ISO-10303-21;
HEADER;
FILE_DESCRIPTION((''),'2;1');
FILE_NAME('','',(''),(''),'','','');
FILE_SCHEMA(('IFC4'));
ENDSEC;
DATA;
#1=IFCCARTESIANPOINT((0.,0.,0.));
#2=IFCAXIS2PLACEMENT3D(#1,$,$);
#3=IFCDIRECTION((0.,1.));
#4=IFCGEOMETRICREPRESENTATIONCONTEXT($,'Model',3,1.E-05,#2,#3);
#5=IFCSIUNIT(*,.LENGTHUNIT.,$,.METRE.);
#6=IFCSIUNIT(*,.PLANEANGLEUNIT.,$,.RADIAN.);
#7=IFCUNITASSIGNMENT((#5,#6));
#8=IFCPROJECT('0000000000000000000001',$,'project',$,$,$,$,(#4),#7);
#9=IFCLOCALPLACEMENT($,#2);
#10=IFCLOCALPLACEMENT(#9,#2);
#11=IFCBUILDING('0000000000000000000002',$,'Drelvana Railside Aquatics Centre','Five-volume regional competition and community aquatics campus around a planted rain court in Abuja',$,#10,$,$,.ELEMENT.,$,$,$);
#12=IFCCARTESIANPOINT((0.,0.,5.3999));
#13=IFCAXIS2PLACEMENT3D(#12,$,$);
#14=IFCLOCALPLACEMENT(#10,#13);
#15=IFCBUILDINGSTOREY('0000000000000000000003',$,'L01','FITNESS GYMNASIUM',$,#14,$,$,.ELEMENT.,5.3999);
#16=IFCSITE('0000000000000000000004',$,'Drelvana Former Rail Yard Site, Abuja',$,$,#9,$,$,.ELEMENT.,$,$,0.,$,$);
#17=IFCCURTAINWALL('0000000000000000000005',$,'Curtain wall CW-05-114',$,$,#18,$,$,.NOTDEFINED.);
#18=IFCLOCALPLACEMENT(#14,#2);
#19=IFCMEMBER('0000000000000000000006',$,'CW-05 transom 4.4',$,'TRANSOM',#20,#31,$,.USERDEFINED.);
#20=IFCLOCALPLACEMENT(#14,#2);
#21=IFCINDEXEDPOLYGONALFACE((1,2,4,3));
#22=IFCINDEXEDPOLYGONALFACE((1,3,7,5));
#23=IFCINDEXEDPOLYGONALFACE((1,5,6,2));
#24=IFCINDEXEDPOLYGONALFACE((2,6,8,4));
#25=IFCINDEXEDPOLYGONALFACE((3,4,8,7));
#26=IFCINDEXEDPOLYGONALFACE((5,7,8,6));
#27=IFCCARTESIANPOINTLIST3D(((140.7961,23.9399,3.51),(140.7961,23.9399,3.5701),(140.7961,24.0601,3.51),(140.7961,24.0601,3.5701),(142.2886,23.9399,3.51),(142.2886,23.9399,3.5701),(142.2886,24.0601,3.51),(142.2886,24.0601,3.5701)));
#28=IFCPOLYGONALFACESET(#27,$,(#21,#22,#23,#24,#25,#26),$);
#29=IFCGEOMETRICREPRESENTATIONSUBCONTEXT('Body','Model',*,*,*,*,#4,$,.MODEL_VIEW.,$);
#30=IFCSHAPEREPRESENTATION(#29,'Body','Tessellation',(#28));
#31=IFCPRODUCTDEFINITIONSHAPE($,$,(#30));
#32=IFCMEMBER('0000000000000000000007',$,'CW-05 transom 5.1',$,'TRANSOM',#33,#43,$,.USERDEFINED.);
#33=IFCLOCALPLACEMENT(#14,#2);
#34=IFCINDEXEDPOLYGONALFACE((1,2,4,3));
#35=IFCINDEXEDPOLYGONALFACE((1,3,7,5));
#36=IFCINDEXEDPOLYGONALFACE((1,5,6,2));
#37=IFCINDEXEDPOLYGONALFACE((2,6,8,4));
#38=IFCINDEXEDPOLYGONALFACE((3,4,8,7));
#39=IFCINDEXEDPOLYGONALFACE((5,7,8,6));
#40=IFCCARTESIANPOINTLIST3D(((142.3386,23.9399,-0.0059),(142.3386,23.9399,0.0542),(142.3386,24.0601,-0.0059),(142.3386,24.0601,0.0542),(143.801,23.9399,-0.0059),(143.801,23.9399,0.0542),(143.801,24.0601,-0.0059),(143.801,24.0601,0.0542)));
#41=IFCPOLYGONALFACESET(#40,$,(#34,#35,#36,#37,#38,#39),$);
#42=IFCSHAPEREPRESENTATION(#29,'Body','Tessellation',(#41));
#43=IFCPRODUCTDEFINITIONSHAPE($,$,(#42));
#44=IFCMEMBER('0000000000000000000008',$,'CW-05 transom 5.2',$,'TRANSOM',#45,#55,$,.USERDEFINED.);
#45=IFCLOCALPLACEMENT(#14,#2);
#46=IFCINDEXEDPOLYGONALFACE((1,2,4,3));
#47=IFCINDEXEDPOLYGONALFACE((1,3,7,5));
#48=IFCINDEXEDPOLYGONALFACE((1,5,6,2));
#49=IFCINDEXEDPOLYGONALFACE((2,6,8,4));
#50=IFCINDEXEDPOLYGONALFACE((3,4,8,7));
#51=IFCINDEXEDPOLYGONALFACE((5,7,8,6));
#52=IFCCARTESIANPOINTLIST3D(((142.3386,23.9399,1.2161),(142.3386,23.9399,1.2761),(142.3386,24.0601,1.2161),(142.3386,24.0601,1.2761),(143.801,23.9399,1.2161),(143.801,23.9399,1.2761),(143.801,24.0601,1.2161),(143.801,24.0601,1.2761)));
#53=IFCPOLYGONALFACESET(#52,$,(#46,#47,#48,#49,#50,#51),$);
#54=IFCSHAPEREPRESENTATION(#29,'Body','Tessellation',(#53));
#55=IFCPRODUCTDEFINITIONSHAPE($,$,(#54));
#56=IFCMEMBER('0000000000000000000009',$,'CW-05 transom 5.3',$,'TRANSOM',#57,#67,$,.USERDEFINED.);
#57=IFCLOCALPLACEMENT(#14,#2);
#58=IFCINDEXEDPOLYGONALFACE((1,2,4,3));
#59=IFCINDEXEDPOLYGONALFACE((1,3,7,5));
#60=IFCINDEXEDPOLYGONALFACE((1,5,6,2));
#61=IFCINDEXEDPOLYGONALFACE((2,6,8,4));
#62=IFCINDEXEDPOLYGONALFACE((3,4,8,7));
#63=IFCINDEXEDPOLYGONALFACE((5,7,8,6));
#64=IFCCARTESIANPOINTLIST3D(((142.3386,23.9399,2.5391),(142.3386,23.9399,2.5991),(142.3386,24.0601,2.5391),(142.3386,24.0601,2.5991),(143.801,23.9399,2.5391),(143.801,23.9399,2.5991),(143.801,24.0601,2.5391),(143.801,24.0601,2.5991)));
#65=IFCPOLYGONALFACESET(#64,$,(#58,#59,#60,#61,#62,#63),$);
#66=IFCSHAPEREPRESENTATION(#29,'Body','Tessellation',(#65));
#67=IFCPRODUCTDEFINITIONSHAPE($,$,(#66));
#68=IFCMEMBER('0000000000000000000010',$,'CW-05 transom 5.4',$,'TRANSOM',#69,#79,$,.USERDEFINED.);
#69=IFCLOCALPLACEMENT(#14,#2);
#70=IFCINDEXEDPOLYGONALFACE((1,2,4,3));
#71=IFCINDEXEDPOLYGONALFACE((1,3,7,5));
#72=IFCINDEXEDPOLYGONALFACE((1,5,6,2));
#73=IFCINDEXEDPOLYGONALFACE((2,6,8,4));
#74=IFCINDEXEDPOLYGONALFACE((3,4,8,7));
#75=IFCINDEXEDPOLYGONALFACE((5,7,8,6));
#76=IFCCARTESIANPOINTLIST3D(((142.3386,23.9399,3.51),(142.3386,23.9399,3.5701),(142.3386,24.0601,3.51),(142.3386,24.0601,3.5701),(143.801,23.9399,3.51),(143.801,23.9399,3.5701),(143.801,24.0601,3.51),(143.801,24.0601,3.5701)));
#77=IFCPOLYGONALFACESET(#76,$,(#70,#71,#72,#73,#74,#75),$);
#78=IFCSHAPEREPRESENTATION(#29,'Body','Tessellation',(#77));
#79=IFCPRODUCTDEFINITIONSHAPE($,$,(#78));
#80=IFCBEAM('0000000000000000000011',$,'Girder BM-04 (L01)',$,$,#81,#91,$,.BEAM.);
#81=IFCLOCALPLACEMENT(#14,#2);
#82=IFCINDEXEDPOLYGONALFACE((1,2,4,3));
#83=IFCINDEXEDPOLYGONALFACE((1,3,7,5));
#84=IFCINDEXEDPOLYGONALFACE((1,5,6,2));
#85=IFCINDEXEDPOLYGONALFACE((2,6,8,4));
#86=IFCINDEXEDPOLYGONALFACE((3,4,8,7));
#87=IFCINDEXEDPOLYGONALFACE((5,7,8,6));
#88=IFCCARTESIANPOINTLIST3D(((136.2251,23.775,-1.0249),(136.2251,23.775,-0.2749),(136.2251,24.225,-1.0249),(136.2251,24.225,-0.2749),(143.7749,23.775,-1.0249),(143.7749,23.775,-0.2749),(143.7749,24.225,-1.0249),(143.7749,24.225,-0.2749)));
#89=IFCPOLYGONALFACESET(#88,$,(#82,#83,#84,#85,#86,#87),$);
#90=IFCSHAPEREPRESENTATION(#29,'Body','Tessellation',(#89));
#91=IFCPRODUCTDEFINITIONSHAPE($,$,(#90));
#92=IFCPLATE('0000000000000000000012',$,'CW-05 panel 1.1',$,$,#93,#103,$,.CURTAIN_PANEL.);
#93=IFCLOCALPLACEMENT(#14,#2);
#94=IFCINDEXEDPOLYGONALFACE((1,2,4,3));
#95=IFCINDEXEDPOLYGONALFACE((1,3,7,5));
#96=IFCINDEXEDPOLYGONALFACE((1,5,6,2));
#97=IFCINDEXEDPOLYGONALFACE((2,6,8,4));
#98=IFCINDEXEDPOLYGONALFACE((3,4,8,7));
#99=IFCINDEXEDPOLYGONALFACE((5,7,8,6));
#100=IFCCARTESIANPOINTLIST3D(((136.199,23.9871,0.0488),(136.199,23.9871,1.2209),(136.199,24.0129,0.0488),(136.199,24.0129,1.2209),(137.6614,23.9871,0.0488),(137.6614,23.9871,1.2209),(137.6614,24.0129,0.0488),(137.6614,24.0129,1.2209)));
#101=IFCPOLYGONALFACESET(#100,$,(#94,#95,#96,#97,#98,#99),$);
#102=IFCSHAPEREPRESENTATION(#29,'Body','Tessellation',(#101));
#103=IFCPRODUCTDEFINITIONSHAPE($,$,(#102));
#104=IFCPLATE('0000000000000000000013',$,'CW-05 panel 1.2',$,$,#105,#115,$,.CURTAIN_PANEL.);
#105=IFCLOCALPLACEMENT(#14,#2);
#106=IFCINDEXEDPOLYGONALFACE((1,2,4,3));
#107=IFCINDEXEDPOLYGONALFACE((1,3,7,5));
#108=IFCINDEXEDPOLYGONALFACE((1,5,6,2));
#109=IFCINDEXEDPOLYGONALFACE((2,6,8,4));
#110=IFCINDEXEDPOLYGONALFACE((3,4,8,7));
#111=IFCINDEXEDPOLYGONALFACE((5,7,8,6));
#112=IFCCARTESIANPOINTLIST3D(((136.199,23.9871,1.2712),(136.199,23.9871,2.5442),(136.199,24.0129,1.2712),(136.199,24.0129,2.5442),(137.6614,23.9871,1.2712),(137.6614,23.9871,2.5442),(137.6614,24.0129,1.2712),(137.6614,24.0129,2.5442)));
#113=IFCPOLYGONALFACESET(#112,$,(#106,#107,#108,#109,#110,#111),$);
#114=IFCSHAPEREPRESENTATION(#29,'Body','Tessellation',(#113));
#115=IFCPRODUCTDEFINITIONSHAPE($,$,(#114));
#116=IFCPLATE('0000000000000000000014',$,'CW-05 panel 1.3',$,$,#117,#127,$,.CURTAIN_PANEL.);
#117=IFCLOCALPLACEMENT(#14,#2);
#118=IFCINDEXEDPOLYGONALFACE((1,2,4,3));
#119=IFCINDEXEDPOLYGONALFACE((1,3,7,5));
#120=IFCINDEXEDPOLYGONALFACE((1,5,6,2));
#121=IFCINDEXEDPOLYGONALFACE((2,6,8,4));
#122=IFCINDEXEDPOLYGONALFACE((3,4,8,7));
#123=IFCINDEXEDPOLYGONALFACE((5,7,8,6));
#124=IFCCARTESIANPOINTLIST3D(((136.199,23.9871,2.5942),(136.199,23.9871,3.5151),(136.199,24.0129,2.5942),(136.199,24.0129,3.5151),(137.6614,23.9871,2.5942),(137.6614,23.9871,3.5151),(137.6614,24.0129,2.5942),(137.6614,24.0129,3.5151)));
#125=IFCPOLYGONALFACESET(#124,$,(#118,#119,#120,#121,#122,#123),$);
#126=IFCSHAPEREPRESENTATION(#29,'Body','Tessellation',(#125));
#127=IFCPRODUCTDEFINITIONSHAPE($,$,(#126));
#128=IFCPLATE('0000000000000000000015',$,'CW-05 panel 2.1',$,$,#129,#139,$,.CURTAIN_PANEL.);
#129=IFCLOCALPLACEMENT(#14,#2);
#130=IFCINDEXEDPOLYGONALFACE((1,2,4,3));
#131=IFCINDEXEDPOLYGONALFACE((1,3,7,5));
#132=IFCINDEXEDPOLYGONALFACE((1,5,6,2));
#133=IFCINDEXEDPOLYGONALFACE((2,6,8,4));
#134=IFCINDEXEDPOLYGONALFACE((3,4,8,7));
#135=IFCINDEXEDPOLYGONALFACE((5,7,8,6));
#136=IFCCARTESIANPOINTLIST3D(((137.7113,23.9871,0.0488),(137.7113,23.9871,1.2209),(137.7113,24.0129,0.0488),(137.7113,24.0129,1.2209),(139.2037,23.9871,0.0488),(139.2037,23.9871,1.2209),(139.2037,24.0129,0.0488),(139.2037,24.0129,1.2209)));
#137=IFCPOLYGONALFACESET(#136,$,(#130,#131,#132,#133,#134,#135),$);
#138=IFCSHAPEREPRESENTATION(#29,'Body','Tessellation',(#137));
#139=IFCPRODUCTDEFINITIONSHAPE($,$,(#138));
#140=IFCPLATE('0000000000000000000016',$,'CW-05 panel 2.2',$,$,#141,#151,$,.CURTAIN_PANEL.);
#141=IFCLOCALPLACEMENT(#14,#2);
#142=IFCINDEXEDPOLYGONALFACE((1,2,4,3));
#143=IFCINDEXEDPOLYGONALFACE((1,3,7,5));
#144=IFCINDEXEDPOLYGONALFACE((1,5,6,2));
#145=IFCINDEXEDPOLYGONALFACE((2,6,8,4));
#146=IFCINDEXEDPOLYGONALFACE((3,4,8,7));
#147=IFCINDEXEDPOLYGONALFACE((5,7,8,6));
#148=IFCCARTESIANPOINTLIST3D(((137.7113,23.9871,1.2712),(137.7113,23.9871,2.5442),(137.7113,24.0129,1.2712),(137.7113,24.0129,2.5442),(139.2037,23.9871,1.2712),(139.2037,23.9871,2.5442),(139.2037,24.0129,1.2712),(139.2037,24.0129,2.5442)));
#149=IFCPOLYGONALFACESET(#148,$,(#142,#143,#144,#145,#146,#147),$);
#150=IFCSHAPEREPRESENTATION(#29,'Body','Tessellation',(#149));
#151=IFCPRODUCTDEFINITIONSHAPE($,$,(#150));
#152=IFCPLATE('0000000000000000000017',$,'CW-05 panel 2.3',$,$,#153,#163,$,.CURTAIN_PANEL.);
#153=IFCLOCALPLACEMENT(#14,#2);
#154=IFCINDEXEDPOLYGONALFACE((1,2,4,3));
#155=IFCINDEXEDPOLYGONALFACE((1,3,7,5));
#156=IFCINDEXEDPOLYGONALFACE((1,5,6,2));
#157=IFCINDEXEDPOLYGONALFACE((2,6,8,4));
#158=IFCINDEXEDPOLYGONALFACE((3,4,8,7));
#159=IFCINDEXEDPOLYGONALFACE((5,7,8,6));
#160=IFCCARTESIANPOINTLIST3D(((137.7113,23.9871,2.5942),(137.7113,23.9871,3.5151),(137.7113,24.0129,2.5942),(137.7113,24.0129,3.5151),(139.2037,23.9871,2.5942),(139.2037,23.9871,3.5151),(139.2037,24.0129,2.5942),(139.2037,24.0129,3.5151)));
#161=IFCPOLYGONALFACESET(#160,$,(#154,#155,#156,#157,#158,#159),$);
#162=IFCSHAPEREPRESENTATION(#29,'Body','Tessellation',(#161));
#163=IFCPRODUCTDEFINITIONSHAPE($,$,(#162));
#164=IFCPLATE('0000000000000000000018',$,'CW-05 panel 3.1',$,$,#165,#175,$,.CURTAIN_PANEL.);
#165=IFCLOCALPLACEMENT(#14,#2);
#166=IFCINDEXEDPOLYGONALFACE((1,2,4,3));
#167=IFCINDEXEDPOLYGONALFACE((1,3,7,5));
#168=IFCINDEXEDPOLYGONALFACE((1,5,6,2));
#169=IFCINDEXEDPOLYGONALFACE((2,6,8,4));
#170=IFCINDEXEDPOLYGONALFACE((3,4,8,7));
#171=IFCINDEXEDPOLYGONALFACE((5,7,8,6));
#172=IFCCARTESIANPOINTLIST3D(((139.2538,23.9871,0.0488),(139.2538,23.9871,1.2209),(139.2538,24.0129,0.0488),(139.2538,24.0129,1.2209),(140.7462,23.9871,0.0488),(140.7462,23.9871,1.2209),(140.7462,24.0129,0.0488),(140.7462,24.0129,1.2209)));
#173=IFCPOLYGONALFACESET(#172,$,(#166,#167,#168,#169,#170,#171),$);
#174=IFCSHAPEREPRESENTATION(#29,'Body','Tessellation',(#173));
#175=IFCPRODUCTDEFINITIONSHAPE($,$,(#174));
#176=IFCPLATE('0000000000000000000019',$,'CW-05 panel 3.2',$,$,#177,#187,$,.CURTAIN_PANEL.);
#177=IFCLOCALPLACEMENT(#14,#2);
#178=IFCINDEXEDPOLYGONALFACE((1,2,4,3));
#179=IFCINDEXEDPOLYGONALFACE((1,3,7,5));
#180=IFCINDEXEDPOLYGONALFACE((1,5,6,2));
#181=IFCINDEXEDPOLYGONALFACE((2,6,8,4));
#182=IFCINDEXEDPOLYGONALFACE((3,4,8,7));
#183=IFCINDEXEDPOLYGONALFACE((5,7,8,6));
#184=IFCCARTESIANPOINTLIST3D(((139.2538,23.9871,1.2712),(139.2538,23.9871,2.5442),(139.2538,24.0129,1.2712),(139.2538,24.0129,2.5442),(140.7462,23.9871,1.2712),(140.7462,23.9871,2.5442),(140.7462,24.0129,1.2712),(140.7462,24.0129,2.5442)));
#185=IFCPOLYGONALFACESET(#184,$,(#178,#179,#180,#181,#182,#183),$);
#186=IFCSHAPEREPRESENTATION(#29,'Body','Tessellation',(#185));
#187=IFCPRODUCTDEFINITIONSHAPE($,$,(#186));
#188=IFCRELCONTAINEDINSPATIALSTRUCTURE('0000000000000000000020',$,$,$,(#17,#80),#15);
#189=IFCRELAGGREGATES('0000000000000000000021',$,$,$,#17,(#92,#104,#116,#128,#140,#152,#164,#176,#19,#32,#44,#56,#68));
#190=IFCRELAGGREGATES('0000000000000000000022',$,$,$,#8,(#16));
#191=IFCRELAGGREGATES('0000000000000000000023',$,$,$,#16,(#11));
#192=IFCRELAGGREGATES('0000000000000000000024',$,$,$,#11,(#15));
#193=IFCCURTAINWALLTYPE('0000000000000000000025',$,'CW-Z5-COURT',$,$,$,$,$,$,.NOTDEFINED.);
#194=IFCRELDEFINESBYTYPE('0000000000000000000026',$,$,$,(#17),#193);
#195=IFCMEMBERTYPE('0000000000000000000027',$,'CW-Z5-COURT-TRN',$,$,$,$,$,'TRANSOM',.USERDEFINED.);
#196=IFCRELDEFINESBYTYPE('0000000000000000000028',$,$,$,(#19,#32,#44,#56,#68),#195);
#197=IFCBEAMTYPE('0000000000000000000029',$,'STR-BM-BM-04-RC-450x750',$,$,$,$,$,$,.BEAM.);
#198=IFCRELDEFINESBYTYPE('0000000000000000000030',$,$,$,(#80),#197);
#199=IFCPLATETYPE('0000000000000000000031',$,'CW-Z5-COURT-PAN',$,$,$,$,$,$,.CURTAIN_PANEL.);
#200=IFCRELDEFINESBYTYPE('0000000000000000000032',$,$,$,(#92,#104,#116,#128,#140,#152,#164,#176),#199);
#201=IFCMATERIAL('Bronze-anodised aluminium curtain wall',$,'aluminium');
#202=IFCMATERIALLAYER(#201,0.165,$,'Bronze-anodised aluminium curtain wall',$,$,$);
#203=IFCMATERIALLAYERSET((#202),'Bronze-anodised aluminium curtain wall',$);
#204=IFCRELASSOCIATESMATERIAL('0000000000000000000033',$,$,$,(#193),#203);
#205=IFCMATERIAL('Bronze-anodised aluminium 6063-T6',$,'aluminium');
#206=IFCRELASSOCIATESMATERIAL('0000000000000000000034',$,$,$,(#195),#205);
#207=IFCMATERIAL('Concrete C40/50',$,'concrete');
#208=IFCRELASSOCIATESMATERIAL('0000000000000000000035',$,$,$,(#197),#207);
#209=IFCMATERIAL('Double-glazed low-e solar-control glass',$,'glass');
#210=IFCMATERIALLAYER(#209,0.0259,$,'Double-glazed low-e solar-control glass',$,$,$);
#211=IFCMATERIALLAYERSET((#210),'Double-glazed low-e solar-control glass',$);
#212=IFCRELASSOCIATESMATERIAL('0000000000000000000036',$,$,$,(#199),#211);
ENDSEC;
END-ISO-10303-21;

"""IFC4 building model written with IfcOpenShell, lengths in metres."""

from ifc_helpers import new_model, si_unit, direction, frame, origin, origin_2d, place, context, subcontext, project, spatial, rectangle, extrude, material, layer, layer_set, material_profile, profile_set, type_object, element, aggregate, save


model = new_model("IFC4")

# Units and contexts
model_context = context("Model", 3, precision=1e-05, world=origin(), true_north=direction((0.0, 1.0)))
body_context = subcontext(model_context, "Body", "Model", "MODEL_VIEW")
ifc_project = project(units=[si_unit("LENGTHUNIT", "METRE"), si_unit("PLANEANGLEUNIT", "RADIAN")], contexts=[model_context])

# Site, building, storey
site_placement = place(None, origin())
site = spatial("IfcSite", under=ifc_project, at=site_placement, Name="Drelvana Former Rail Yard Site, Abuja", CompositionType="ELEMENT", RefElevation=0.0)
building_placement = place(site_placement, origin())
building = spatial("IfcBuilding", under=site, at=building_placement, Name="Drelvana Railside Aquatics Centre", Description="Five-volume regional competition and community aquatics campus around a planted rain court in Abuja", CompositionType="ELEMENT")
storey_placement = place(building_placement, frame((0.0, 0.0, 5.3999)))
storey = spatial("IfcBuildingStorey", under=building, at=storey_placement, Name="L01", Description="FITNESS GYMNASIUM", CompositionType="ELEMENT", Elevation=5.3999)

# Curtain wall, members
ifc_material_1 = material(Name="Bronze-anodised aluminium curtain wall", Category="aluminium")
ifc_layer_1 = layer(ifc_material_1, 0.165, Name="Bronze-anodised aluminium curtain wall")
ifc_layer_set_1 = layer_set([ifc_layer_1], Name="Bronze-anodised aluminium curtain wall")
curtain_wall_type = type_object("IfcCurtainWallType", Name="CW-Z5-COURT", PredefinedType="NOTDEFINED", material=ifc_layer_set_1)
curtain_wall_placement = place(storey_placement, origin())
curtain_wall = element("IfcCurtainWall", 1, at=curtain_wall_placement, inside=storey, type_object=curtain_wall_type, Name="Curtain wall CW-05-114", PredefinedType="NOTDEFINED")
ifc_material_2 = material(Name="Bronze-anodised aluminium 6063-T6", Category="aluminium")
ifc_material_profile_1 = material_profile(ifc_material_2, rectangle(XDim=0.1201, YDim=0.0601, at=origin_2d()), Name="ALU-T 60x120")
ifc_profile_set_1 = profile_set([ifc_material_profile_1], Name="Bronze-anodised aluminium 6063-T6")
member_type_1 = type_object("IfcMemberType", Name="CW-Z5-COURT-TRN", ElementType="TRANSOM", PredefinedType="USERDEFINED", material=ifc_profile_set_1)
member_1_placement = place(storey_placement, frame((140.7961, 24.0, 3.54), z_axis=(1.0, 0.0, 0.0), x_axis=(0.0, 1.0, 0.0)))
member_1 = element("IfcMember", 2, at=member_1_placement, type_object=member_type_1, Name="CW-05 transom 4.4", ObjectType="TRANSOM", PredefinedType="USERDEFINED", context=body_context, shape_type="SweptSolid", body=[
    extrude(rectangle(XDim=0.1201, YDim=0.0601, at=origin_2d()), origin(), (0.0, 0.0, 1.0), 1.4924),
])
member_2_placement = place(storey_placement, frame((142.3386, 24.0, 0.0242), z_axis=(1.0, 0.0, 0.0), x_axis=(0.0, 1.0, 0.0)))
member_2 = element("IfcMember", 3, at=member_2_placement, type_object=member_type_1, Name="CW-05 transom 5.1", ObjectType="TRANSOM", PredefinedType="USERDEFINED", context=body_context, shape_type="SweptSolid", body=[
    extrude(rectangle(XDim=0.1201, YDim=0.0601, at=origin_2d()), origin(), (0.0, 0.0, 1.0), 1.4624),
])
member_3_placement = place(storey_placement, frame((142.3386, 24.0, 1.2461), z_axis=(1.0, 0.0, 0.0), x_axis=(0.0, 1.0, 0.0)))
member_3 = element("IfcMember", 4, at=member_3_placement, type_object=member_type_1, Name="CW-05 transom 5.2", ObjectType="TRANSOM", PredefinedType="USERDEFINED", context=body_context, shape_type="SweptSolid", body=[
    extrude(rectangle(XDim=0.1201, YDim=0.0601, at=origin_2d()), origin(), (0.0, 0.0, 1.0), 1.4624),
])
member_4_placement = place(storey_placement, frame((142.3386, 24.0, 2.5691), z_axis=(1.0, 0.0, 0.0), x_axis=(0.0, 1.0, 0.0)))
member_4 = element("IfcMember", 5, at=member_4_placement, type_object=member_type_1, Name="CW-05 transom 5.3", ObjectType="TRANSOM", PredefinedType="USERDEFINED", context=body_context, shape_type="SweptSolid", body=[
    extrude(rectangle(XDim=0.1201, YDim=0.0601, at=origin_2d()), origin(), (0.0, 0.0, 1.0), 1.4624),
])
member_5_placement = place(storey_placement, frame((142.3386, 24.0, 3.54), z_axis=(1.0, 0.0, 0.0), x_axis=(0.0, 1.0, 0.0)))
member_5 = element("IfcMember", 6, at=member_5_placement, type_object=member_type_1, Name="CW-05 transom 5.4", ObjectType="TRANSOM", PredefinedType="USERDEFINED", context=body_context, shape_type="SweptSolid", body=[
    extrude(rectangle(XDim=0.1201, YDim=0.0601, at=origin_2d()), origin(), (0.0, 0.0, 1.0), 1.4624),
])

# Beam
ifc_material_3 = material(Name="Concrete C40/50", Category="concrete")
ifc_material_profile_2 = material_profile(ifc_material_3, rectangle(XDim=0.45, YDim=0.75, at=origin_2d()), Name="RC 450x750")
ifc_profile_set_2 = profile_set([ifc_material_profile_2], Name="Concrete C40/50")
beam_type = type_object("IfcBeamType", Name="STR-BM-BM-04-RC-450x750", PredefinedType="BEAM", material=ifc_profile_set_2)
beam_placement = place(storey_placement, frame((136.2251, 24.0, -0.6499), z_axis=(1.0, 0.0, 0.0), x_axis=(0.0, 1.0, 0.0)))
element("IfcBeam", 7, at=beam_placement, inside=storey, type_object=beam_type, Name="Girder BM-04 (L01)", PredefinedType="BEAM", context=body_context, shape_type="SweptSolid", body=[
    extrude(rectangle(XDim=0.45, YDim=0.75, at=origin_2d()), origin(), (0.0, 0.0, 1.0), 7.5498),
])

# Plates
ifc_material_4 = material(Name="Double-glazed low-e solar-control glass", Category="glass")
ifc_layer_2 = layer(ifc_material_4, 0.0259, Name="Double-glazed low-e solar-control glass")
ifc_layer_set_2 = layer_set([ifc_layer_2], Name="Double-glazed low-e solar-control glass")
plate_type = type_object("IfcPlateType", Name="CW-Z5-COURT-PAN", PredefinedType="CURTAIN_PANEL", material=ifc_layer_set_2)
plate_1_placement = place(storey_placement, frame((136.9302, 24.0, 0.0488), z_axis=(0.0, 0.0, 1.0), x_axis=(1.0, 0.0, 0.0)))
plate_1 = element("IfcPlate", 8, at=plate_1_placement, type_object=plate_type, Name="CW-05 panel 1.1", PredefinedType="CURTAIN_PANEL", context=body_context, shape_type="SweptSolid", body=[
    extrude(rectangle(XDim=1.4624, YDim=0.0259, at=origin_2d()), origin(), (0.0, 0.0, 1.0), 1.1721),
])
plate_2_placement = place(storey_placement, frame((136.9302, 24.0, 1.2712), z_axis=(0.0, 0.0, 1.0), x_axis=(1.0, 0.0, 0.0)))
plate_2 = element("IfcPlate", 9, at=plate_2_placement, type_object=plate_type, Name="CW-05 panel 1.2", PredefinedType="CURTAIN_PANEL", context=body_context, shape_type="SweptSolid", body=[
    extrude(rectangle(XDim=1.4624, YDim=0.0259, at=origin_2d()), origin(), (0.0, 0.0, 1.0), 1.2729),
])
plate_3_placement = place(storey_placement, frame((136.9302, 24.0, 2.5942), z_axis=(0.0, 0.0, 1.0), x_axis=(1.0, 0.0, 0.0)))
plate_3 = element("IfcPlate", 10, at=plate_3_placement, type_object=plate_type, Name="CW-05 panel 1.3", PredefinedType="CURTAIN_PANEL", context=body_context, shape_type="SweptSolid", body=[
    extrude(rectangle(XDim=1.4624, YDim=0.0259, at=origin_2d()), origin(), (0.0, 0.0, 1.0), 0.9209),
])
plate_4_placement = place(storey_placement, frame((138.4575, 24.0, 0.0488), z_axis=(0.0, 0.0, 1.0), x_axis=(1.0, 0.0, 0.0)))
plate_4 = element("IfcPlate", 11, at=plate_4_placement, type_object=plate_type, Name="CW-05 panel 2.1", PredefinedType="CURTAIN_PANEL", context=body_context, shape_type="SweptSolid", body=[
    extrude(rectangle(XDim=1.4924, YDim=0.0259, at=origin_2d()), origin(), (0.0, 0.0, 1.0), 1.1721),
])
plate_5_placement = place(storey_placement, frame((138.4575, 24.0, 1.2712), z_axis=(0.0, 0.0, 1.0), x_axis=(1.0, 0.0, 0.0)))
plate_5 = element("IfcPlate", 12, at=plate_5_placement, type_object=plate_type, Name="CW-05 panel 2.2", PredefinedType="CURTAIN_PANEL", context=body_context, shape_type="SweptSolid", body=[
    extrude(rectangle(XDim=1.4924, YDim=0.0259, at=origin_2d()), origin(), (0.0, 0.0, 1.0), 1.2729),
])
plate_6_placement = place(storey_placement, frame((138.4575, 24.0, 2.5942), z_axis=(0.0, 0.0, 1.0), x_axis=(1.0, 0.0, 0.0)))
plate_6 = element("IfcPlate", 13, at=plate_6_placement, type_object=plate_type, Name="CW-05 panel 2.3", PredefinedType="CURTAIN_PANEL", context=body_context, shape_type="SweptSolid", body=[
    extrude(rectangle(XDim=1.4924, YDim=0.0259, at=origin_2d()), origin(), (0.0, 0.0, 1.0), 0.9209),
])
plate_7_placement = place(storey_placement, frame((140.0, 24.0, 0.0488), z_axis=(0.0, 0.0, 1.0), x_axis=(1.0, 0.0, 0.0)))
plate_7 = element("IfcPlate", 14, at=plate_7_placement, type_object=plate_type, Name="CW-05 panel 3.1", PredefinedType="CURTAIN_PANEL", context=body_context, shape_type="SweptSolid", body=[
    extrude(rectangle(XDim=1.4924, YDim=0.0259, at=origin_2d()), origin(), (0.0, 0.0, 1.0), 1.1721),
])
plate_8_placement = place(storey_placement, frame((140.0, 24.0, 1.2712), z_axis=(0.0, 0.0, 1.0), x_axis=(1.0, 0.0, 0.0)))
plate_8 = element("IfcPlate", 15, at=plate_8_placement, type_object=plate_type, Name="CW-05 panel 3.2", PredefinedType="CURTAIN_PANEL", context=body_context, shape_type="SweptSolid", body=[
    extrude(rectangle(XDim=1.4924, YDim=0.0259, at=origin_2d()), origin(), (0.0, 0.0, 1.0), 1.2729),
])
aggregate(curtain_wall, [plate_1, plate_2, plate_3, plate_4, plate_5, plate_6, plate_7, plate_8, member_1, member_2, member_3, member_4, member_5])

save(model, "model.ifc")
